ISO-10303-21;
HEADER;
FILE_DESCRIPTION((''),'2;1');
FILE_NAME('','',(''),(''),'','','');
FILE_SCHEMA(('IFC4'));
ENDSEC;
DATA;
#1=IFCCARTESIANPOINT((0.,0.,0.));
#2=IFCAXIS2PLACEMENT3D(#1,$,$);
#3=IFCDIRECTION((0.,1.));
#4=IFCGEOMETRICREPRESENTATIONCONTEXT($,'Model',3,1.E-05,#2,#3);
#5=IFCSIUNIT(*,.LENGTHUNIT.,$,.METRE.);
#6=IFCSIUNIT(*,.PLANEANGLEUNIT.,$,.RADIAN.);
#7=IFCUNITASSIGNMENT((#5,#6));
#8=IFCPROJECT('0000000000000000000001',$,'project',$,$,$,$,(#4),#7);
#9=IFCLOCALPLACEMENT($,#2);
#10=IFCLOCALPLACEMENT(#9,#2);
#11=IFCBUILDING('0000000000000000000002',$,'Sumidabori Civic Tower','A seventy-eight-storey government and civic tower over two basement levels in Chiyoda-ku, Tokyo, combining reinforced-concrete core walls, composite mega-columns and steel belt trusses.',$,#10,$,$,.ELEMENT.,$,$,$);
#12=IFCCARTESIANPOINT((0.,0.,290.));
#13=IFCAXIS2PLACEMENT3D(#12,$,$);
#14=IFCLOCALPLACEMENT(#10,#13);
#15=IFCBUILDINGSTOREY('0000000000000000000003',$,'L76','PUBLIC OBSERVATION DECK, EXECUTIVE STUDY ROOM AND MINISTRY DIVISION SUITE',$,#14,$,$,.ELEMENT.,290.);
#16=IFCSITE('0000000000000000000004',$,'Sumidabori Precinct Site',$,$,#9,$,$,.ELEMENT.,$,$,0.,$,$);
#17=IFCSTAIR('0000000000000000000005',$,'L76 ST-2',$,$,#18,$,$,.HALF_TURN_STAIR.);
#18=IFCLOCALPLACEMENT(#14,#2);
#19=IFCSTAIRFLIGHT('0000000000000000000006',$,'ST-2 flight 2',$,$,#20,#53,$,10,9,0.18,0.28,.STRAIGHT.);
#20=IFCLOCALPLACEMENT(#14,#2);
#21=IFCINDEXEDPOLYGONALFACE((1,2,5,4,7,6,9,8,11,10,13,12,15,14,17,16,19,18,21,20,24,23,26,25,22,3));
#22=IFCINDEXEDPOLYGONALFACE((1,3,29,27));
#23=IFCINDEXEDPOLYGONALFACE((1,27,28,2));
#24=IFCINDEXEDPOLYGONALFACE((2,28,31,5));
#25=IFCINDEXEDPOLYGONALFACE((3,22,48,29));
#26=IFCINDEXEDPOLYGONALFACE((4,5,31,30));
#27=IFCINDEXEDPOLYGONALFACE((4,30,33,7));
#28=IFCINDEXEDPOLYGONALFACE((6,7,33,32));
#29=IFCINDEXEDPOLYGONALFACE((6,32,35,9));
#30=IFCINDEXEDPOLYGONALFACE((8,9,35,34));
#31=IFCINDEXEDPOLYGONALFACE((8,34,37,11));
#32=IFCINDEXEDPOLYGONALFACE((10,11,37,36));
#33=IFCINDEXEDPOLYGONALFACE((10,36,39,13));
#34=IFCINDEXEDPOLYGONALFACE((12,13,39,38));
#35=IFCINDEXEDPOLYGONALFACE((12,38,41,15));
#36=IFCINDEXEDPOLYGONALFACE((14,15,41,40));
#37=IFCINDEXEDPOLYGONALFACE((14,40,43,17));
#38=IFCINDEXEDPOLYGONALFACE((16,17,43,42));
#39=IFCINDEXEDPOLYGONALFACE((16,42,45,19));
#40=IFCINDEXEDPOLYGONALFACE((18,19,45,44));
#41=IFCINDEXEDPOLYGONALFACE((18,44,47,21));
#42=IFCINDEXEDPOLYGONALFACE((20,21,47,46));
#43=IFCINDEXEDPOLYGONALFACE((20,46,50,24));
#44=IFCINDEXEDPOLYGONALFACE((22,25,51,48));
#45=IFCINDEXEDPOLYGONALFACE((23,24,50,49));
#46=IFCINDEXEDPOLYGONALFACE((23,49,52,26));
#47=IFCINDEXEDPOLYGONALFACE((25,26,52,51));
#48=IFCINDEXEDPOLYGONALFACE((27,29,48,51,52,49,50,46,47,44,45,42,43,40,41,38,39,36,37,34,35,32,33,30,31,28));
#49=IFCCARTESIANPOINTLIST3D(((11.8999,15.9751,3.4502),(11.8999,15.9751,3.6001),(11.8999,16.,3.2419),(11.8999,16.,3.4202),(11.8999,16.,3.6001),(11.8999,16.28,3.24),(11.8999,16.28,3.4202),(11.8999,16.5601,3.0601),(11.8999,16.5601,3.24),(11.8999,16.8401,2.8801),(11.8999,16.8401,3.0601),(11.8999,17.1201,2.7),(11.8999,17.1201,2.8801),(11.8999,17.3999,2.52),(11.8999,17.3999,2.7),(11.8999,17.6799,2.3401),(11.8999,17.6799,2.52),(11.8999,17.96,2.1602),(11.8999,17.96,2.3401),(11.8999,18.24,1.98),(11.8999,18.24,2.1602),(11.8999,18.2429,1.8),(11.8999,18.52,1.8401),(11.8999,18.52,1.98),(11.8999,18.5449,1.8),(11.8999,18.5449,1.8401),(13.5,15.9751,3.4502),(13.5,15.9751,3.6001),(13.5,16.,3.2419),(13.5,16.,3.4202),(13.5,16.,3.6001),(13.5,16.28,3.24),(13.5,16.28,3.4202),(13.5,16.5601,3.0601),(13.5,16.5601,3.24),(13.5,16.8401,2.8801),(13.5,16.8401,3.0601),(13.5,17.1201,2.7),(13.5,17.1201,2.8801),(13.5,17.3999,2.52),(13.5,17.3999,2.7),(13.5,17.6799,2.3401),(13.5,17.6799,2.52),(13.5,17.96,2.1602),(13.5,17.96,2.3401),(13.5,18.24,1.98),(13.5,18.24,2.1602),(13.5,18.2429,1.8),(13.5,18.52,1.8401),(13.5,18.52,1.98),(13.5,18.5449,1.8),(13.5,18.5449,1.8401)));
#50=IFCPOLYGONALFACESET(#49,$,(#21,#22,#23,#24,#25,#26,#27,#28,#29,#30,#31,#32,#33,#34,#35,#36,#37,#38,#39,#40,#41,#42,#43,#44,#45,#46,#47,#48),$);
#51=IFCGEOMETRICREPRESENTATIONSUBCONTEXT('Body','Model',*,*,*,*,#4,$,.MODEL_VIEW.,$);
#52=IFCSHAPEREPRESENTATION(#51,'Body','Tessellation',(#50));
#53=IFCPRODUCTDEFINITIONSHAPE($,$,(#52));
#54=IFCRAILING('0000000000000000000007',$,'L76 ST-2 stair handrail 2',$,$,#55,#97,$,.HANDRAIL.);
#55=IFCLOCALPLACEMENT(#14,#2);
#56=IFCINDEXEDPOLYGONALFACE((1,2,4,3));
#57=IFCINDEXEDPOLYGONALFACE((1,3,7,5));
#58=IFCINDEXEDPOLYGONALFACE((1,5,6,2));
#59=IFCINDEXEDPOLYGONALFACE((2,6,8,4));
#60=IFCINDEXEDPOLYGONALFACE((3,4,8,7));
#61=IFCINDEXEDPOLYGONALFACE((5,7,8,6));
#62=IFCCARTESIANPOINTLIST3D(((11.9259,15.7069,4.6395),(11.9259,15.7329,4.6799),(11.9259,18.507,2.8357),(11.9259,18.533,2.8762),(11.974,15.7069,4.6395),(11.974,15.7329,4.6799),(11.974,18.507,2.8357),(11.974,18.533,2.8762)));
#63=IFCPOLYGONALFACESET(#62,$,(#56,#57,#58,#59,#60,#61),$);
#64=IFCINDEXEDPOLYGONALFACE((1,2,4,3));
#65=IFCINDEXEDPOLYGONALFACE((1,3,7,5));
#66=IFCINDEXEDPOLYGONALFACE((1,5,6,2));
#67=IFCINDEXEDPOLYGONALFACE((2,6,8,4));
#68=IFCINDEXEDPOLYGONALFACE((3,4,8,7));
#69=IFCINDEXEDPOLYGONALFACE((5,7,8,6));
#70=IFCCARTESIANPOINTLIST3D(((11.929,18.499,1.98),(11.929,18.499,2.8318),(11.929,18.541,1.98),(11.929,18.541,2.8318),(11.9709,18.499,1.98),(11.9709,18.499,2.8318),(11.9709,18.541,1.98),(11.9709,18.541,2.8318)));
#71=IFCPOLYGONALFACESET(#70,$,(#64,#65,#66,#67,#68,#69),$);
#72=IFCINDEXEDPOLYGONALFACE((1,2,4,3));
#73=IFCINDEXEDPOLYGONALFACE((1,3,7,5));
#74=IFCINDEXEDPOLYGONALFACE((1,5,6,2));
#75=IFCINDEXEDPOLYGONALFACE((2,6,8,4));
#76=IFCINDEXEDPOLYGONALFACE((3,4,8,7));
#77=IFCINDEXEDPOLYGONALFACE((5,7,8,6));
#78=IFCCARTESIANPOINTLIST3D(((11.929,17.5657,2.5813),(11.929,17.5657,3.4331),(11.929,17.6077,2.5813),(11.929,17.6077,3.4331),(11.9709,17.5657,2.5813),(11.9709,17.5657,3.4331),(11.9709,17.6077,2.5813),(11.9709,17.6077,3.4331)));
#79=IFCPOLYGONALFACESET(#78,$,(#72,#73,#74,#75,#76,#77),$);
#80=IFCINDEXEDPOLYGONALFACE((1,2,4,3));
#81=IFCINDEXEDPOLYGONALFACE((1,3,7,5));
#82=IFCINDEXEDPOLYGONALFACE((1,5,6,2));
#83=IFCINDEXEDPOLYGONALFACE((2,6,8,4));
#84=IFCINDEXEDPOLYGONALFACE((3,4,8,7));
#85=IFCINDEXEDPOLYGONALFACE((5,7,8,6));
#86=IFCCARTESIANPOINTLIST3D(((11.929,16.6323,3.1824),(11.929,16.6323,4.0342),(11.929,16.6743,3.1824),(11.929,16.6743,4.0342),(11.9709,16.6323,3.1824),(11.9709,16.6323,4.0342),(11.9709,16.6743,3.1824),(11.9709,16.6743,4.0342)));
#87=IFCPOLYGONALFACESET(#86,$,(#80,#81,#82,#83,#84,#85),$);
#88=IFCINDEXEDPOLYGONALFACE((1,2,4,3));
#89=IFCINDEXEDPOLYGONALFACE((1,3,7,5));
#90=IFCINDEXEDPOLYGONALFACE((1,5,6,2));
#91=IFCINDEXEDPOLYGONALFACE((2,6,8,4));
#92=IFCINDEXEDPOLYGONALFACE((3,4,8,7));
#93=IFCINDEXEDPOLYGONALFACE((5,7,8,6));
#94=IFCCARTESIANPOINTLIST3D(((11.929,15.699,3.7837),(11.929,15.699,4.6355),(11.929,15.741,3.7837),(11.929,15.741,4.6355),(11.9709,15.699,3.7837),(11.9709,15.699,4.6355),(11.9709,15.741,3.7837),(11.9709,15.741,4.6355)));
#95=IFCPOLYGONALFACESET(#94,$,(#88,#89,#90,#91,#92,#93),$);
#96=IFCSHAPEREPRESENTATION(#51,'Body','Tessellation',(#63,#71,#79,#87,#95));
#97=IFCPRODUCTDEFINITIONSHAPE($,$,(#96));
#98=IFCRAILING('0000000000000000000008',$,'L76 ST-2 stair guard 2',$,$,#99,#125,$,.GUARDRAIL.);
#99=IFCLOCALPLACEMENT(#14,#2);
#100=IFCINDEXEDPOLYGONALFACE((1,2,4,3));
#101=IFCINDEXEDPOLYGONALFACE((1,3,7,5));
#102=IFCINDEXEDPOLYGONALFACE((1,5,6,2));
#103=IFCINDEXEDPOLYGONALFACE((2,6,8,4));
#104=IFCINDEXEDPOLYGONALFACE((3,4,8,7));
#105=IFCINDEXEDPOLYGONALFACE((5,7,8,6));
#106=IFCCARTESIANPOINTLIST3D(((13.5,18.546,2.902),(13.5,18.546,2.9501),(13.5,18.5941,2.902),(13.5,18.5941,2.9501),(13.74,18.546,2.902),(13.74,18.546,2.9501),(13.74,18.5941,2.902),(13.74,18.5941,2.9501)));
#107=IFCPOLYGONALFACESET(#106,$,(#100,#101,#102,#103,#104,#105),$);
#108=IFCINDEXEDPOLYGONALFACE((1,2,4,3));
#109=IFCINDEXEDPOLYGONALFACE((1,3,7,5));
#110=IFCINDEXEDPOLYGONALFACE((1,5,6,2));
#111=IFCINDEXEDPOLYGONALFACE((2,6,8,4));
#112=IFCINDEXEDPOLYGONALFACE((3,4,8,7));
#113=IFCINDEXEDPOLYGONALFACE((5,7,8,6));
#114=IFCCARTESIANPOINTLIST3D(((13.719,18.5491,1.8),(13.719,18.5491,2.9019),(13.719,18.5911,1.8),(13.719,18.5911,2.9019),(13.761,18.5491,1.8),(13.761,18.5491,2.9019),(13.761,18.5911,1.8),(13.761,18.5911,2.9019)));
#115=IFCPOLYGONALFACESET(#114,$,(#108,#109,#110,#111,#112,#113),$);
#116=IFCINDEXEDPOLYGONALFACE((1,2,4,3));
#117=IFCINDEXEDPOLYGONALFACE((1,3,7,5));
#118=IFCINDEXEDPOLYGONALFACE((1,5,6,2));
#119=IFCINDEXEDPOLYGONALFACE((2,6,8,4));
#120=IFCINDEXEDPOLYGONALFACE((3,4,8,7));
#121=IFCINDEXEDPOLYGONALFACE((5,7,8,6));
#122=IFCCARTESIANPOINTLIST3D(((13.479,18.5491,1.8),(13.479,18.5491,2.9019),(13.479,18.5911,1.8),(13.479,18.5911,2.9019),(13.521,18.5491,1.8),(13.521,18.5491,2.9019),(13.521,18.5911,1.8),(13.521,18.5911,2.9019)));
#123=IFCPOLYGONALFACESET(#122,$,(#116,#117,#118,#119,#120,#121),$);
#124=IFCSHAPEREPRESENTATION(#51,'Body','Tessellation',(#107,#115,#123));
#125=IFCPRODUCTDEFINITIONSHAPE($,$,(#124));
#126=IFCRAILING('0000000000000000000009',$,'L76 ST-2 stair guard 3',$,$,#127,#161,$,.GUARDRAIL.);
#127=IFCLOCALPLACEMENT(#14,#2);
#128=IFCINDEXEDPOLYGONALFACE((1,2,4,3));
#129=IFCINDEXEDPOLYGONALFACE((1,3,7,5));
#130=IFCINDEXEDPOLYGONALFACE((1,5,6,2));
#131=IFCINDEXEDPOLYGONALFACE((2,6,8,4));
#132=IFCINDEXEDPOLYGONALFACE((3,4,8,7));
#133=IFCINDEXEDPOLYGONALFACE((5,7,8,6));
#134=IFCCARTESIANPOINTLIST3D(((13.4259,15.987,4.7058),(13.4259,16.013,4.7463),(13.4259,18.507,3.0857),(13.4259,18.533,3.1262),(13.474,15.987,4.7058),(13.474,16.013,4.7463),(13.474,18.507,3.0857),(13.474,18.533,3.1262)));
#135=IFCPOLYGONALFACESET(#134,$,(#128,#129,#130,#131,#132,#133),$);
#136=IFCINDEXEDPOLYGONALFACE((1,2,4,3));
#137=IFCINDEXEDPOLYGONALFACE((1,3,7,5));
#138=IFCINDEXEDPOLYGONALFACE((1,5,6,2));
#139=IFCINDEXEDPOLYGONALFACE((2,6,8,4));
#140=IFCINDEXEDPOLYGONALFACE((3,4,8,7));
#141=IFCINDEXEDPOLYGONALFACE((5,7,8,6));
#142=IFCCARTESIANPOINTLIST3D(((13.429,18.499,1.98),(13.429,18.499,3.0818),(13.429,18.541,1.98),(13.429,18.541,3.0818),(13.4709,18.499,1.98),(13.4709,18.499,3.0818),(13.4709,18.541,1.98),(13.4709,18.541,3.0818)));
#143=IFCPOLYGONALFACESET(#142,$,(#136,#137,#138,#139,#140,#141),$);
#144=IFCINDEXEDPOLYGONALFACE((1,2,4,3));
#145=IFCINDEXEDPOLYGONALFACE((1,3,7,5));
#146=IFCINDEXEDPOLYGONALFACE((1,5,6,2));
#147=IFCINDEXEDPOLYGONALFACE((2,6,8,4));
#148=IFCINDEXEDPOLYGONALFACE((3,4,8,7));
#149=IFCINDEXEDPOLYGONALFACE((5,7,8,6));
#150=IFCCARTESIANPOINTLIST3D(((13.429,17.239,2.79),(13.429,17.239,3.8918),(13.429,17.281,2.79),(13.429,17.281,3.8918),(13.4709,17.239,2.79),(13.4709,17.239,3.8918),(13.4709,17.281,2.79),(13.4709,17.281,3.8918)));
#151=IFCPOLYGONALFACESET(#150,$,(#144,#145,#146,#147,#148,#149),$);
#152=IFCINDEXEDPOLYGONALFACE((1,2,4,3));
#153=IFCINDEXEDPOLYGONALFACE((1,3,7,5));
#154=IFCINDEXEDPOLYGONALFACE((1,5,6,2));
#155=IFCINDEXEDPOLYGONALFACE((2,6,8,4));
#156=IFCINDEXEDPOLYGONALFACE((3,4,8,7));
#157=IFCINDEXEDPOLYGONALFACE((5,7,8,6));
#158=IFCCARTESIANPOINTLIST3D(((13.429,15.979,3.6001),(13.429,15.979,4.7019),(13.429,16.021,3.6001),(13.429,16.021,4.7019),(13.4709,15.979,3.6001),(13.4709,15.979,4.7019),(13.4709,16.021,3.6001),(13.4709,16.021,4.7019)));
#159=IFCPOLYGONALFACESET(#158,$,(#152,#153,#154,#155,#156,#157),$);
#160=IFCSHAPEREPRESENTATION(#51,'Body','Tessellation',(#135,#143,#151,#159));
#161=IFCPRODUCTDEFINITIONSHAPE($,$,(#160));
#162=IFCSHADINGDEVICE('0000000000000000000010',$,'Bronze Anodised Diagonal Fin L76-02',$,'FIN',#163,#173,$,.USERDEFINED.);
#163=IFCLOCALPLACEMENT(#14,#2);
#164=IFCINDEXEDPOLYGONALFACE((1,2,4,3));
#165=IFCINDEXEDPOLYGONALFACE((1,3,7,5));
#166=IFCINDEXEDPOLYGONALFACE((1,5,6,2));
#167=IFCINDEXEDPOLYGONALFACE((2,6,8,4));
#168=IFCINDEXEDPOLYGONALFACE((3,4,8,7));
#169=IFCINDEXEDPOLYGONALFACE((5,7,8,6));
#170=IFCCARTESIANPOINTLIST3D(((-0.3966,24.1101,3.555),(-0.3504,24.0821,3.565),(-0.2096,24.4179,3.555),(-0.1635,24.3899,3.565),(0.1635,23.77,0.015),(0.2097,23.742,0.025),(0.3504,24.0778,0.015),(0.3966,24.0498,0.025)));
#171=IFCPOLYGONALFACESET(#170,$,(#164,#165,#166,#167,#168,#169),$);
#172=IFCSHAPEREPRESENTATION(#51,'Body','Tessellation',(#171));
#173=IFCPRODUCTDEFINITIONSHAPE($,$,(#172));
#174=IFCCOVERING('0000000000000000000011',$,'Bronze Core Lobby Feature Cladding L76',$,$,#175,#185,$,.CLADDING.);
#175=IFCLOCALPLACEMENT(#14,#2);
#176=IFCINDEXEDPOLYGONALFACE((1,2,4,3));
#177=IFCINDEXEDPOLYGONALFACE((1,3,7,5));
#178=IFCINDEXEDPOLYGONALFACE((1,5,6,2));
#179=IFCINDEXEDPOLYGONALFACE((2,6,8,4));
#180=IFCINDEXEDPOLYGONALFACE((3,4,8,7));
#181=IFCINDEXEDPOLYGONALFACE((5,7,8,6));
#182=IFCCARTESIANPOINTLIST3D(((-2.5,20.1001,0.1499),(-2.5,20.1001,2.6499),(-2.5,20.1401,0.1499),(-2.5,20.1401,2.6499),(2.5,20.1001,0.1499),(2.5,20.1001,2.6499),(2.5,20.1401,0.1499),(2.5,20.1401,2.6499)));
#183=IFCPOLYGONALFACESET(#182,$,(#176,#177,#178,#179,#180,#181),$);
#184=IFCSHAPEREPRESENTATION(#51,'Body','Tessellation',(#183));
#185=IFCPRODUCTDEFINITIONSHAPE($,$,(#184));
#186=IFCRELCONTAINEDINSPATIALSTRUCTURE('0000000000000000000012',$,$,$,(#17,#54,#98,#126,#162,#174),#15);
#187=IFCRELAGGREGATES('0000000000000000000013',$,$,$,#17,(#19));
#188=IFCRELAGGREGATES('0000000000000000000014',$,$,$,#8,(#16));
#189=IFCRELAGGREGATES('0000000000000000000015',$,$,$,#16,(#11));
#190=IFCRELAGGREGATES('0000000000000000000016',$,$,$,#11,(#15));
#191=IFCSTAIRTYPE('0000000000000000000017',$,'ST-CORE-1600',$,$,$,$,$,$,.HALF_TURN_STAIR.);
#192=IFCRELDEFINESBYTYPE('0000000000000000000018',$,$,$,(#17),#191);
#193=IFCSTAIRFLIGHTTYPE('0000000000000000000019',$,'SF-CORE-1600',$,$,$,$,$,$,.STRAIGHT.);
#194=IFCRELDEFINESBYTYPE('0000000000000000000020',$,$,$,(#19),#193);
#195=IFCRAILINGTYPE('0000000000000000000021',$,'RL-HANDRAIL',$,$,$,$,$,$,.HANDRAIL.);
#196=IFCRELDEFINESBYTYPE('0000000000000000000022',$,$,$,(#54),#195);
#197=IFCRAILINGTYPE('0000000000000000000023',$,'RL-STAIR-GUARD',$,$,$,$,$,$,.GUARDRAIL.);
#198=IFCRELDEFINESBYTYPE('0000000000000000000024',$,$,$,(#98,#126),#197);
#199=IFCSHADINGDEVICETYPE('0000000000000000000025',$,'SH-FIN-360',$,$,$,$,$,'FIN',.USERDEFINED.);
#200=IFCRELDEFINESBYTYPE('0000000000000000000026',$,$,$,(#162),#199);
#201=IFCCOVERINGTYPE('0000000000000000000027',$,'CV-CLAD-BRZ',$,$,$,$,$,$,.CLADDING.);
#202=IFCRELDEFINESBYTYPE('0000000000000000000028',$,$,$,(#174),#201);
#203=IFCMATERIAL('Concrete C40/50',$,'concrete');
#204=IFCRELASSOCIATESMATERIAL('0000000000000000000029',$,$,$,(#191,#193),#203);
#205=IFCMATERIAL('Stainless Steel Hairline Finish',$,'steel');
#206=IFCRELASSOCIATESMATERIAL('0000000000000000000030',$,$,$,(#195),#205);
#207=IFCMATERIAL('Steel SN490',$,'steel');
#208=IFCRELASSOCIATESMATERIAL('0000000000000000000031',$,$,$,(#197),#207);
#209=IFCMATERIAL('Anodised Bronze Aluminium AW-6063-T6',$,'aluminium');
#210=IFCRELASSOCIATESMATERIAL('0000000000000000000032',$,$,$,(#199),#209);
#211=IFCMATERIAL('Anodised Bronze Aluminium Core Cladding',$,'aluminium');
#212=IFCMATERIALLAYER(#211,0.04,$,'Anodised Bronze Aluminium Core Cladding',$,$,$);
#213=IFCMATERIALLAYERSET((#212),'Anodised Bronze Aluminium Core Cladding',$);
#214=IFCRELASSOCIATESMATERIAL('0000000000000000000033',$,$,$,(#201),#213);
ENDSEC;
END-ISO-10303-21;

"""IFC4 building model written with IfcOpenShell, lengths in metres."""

from ifc_helpers import new_model, si_unit, direction, frame, origin, origin_2d, place, context, subcontext, project, spatial, polyline, rectangle, outline, extrude, source, transform, mapped, material, layer, layer_set, material_profile, profile_set, type_object, element, aggregate, save


model = new_model("IFC4")

# Units and contexts
model_context = context("Model", 3, precision=1e-05, world=origin(), true_north=direction((0.0, 1.0)))
body_context = subcontext(model_context, "Body", "Model", "MODEL_VIEW")
ifc_project = project(units=[si_unit("LENGTHUNIT", "METRE"), si_unit("PLANEANGLEUNIT", "RADIAN")], contexts=[model_context])

# Site, building, storey
site_placement = place(None, origin())
site = spatial("IfcSite", under=ifc_project, at=site_placement, Name="Sumidabori Precinct Site", CompositionType="ELEMENT", RefElevation=0.0)
building_placement = place(site_placement, origin())
building = spatial("IfcBuilding", under=site, at=building_placement, Name="Sumidabori Civic Tower", Description="A seventy-eight-storey government and civic tower over two basement levels in Chiyoda-ku, Tokyo, combining reinforced-concrete core walls, composite mega-columns and steel belt trusses.", CompositionType="ELEMENT")
storey_placement = place(building_placement, frame((0.0, 0.0, 290.0)))
storey = spatial("IfcBuildingStorey", under=building, at=storey_placement, Name="L76", Description="PUBLIC OBSERVATION DECK, EXECUTIVE STUDY ROOM AND MINISTRY DIVISION SUITE", CompositionType="ELEMENT", Elevation=290.0)

# Shared definitions
ifc_material_1 = material(Name="Steel SN490", Category="steel")

# Shared definitions
ifc_material_2 = material(Name="Anodised Bronze Aluminium AW-6063-T6", Category="aluminium")

# Stair, stair flight
ifc_material_3 = material(Name="Concrete C40/50", Category="concrete")
stair_type = type_object("IfcStairType", Name="ST-CORE-1600", PredefinedType="HALF_TURN_STAIR", material=ifc_material_3)
stair_placement = place(storey_placement, origin())
stair = element("IfcStair", 1, at=stair_placement, inside=storey, type_object=stair_type, Name="L76 ST-2", PredefinedType="HALF_TURN_STAIR")
stair_flight_type = type_object("IfcStairFlightType", Name="SF-CORE-1600", PredefinedType="STRAIGHT", material=ifc_material_3)
shared_shape_1 = source(origin(), body_context, "Body", "SweptSolid", [
    extrude(outline(polyline([(-0.0249, 0.0), (-0.0249, 0.04), (0.0, 0.04), (0.0, 0.1799), (0.28, 0.1799), (0.28, 0.3601), (0.5601, 0.3601), (0.5601, 0.54), (0.8401, 0.54), (0.8401, 0.72), (1.1201, 0.72), (1.1201, 0.8999), (1.3999, 0.8999), (1.3999, 1.0801), (1.6799, 1.0801), (1.6799, 1.26), (1.96, 1.26), (1.96, 1.4399), (2.24, 1.4399), (2.24, 1.6201), (2.52, 1.6201), (2.52, 1.8), (2.5449, 1.8), (2.5449, 1.6501), (2.52, 1.4419), (0.2771, 0.0), (-0.0249, 0.0)])), frame((0.0, 0.8, 0.0), z_axis=(0.0, -1.0, 0.0), x_axis=(1.0, 0.0, 0.0)), (0.0, 0.0, 1.0), 1.6001),
])
stair_flight_placement = place(storey_placement, frame((12.7, 18.52, 1.8), z_axis=(0.0, 0.0, 1.0), x_axis=(0.0, -1.0, 0.0)))
stair_flight = element("IfcStairFlight", 2, at=stair_flight_placement, type_object=stair_flight_type, Name="ST-2 flight 2", NumberOfRisers=10, NumberOfTreads=9, PredefinedType="STRAIGHT", RiserHeight=0.18, TreadLength=0.28, context=body_context, shape_type="MappedRepresentation", body=[
    mapped(shared_shape_1, transform((0.0, 0.0, 0.0), x_axis=(1.0, 0.0, 0.0), y_axis=(0.0, 1.0, 0.0), z_axis=(0.0, 0.0, 1.0), scale=1.0)),
])
aggregate(stair, [stair_flight])

# Railings
ifc_material_4 = material(Name="Stainless Steel Hairline Finish", Category="steel")
railing_type_1 = type_object("IfcRailingType", Name="RL-HANDRAIL", PredefinedType="HANDRAIL", material=ifc_material_4)
railing_1_placement = place(storey_placement, frame((11.95, 18.52, 1.98)))
element("IfcRailing", 3, at=railing_1_placement, inside=storey, type_object=railing_type_1, Name="L76 ST-2 stair handrail 2", PredefinedType="HANDRAIL", context=body_context, shape_type="SweptSolid", body=[
    extrude(rectangle(XDim=0.0481, YDim=0.0481, at=origin_2d()), frame((0.0, 0.0, 0.876), z_axis=(0.0, -0.840676, 0.541539), x_axis=(1.0, 0.0, 0.0)), (0.0, 0.0, 1.0), 3.3308),
    extrude(rectangle(XDim=0.042, YDim=0.042, at=origin_2d()), origin(), (0.0, 0.0, 1.0), 0.8518),
    extrude(rectangle(XDim=0.042, YDim=0.042, at=origin_2d()), frame((0.0, -0.9333, 0.6013)), (0.0, 0.0, 1.0), 0.8518),
    extrude(rectangle(XDim=0.042, YDim=0.042, at=origin_2d()), frame((0.0, -1.8667, 1.2024)), (0.0, 0.0, 1.0), 0.8518),
    extrude(rectangle(XDim=0.042, YDim=0.042, at=origin_2d()), frame((0.0, -2.8, 1.8037)), (0.0, 0.0, 1.0), 0.8518),
])
railing_type_2 = type_object("IfcRailingType", Name="RL-STAIR-GUARD", PredefinedType="GUARDRAIL", material=ifc_material_1)
railing_2_placement = place(storey_placement, frame((13.74, 18.5701, 1.8)))
element("IfcRailing", 4, at=railing_2_placement, inside=storey, type_object=railing_type_2, Name="L76 ST-2 stair guard 2", PredefinedType="GUARDRAIL", context=body_context, shape_type="SweptSolid", body=[
    extrude(rectangle(XDim=0.0481, YDim=0.0481, at=origin_2d()), frame((0.0, 0.0, 1.126), z_axis=(-1.0, 0.0, 0.0), x_axis=(0.0, -1.0, 0.0)), (0.0, 0.0, 1.0), 0.24),
    extrude(rectangle(XDim=0.042, YDim=0.042, at=origin_2d()), origin(), (0.0, 0.0, 1.0), 1.1018),
    extrude(rectangle(XDim=0.042, YDim=0.042, at=origin_2d()), frame((-0.24, 0.0, 0.0)), (0.0, 0.0, 1.0), 1.1018),
])
railing_3_placement = place(storey_placement, frame((13.45, 18.52, 1.98)))
element("IfcRailing", 5, at=railing_3_placement, inside=storey, type_object=railing_type_2, Name="L76 ST-2 stair guard 3", PredefinedType="GUARDRAIL", context=body_context, shape_type="SweptSolid", body=[
    extrude(rectangle(XDim=0.0481, YDim=0.0481, at=origin_2d()), frame((0.0, 0.0, 1.126), z_axis=(0.0, -0.841163, 0.540782), x_axis=(1.0, 0.0, 0.0)), (0.0, 0.0, 1.0), 2.9958),
    extrude(rectangle(XDim=0.042, YDim=0.042, at=origin_2d()), origin(), (0.0, 0.0, 1.0), 1.1018),
    extrude(rectangle(XDim=0.042, YDim=0.042, at=origin_2d()), frame((0.0, -1.26, 0.8101)), (0.0, 0.0, 1.0), 1.1018),
    extrude(rectangle(XDim=0.042, YDim=0.042, at=origin_2d()), frame((0.0, -2.52, 1.6201)), (0.0, 0.0, 1.0), 1.1018),
])

# Shading device
ifc_material_profile_1 = material_profile(ifc_material_2, rectangle(XDim=0.0549, YDim=0.3601, at=origin_2d()), Name="BRONZE FIN 360x55")
ifc_profile_set_1 = profile_set([ifc_material_profile_1], Name="Anodised Bronze Aluminium AW-6063-T6")
shading_device_type = type_object("IfcShadingDeviceType", Name="SH-FIN-360", ElementType="FIN", PredefinedType="USERDEFINED", material=ifc_profile_set_1)
shared_shape_2 = source(origin(), body_context, "Body", "SweptSolid", [
    extrude(rectangle(XDim=0.0549, YDim=0.3601, at=origin_2d()), origin(), (0.0, 0.0, 1.0), 3.6001),
])
shading_device_placement = place(storey_placement, frame((0.28, 23.9099, 0.02), z_axis=(-0.155565, 0.094464, 0.983299), x_axis=(0.840477, -0.510368, 0.182)))
element("IfcShadingDevice", 6, at=shading_device_placement, inside=storey, type_object=shading_device_type, Name="Bronze Anodised Diagonal Fin L76-02", ObjectType="FIN", PredefinedType="USERDEFINED", context=body_context, shape_type="MappedRepresentation", body=[
    mapped(shared_shape_2, transform((0.0, 0.0, 0.0), x_axis=(1.0, 0.0, 0.0), y_axis=(0.0, 1.0, 0.0), z_axis=(0.0, 0.0, 1.0), scale=1.0)),
])

# Covering
ifc_material_5 = material(Name="Anodised Bronze Aluminium Core Cladding", Category="aluminium")
ifc_layer_1 = layer(ifc_material_5, 0.04, Name="Anodised Bronze Aluminium Core Cladding")
ifc_layer_set_1 = layer_set([ifc_layer_1], Name="Anodised Bronze Aluminium Core Cladding")
covering_type = type_object("IfcCoveringType", Name="CV-CLAD-BRZ", PredefinedType="CLADDING", material=ifc_layer_set_1)
shared_shape_3 = source(origin(), body_context, "Body", "SweptSolid", [
    extrude(rectangle(XDim=5.0, YDim=0.04, at=origin_2d()), origin(), (0.0, 0.0, 1.0), 2.5),
])
covering_placement = place(storey_placement, frame((0.0, 20.1201, 0.1499), z_axis=(0.0, 0.0, 1.0), x_axis=(1.0, 0.0, 0.0)))
element("IfcCovering", 7, at=covering_placement, inside=storey, type_object=covering_type, Name="Bronze Core Lobby Feature Cladding L76", PredefinedType="CLADDING", context=body_context, shape_type="MappedRepresentation", body=[
    mapped(shared_shape_3, transform((0.0, 0.0, 0.0), x_axis=(1.0, 0.0, 0.0), y_axis=(0.0, 1.0, 0.0), z_axis=(0.0, 0.0, 1.0), scale=1.0)),
])

save(model, "model.ifc")
